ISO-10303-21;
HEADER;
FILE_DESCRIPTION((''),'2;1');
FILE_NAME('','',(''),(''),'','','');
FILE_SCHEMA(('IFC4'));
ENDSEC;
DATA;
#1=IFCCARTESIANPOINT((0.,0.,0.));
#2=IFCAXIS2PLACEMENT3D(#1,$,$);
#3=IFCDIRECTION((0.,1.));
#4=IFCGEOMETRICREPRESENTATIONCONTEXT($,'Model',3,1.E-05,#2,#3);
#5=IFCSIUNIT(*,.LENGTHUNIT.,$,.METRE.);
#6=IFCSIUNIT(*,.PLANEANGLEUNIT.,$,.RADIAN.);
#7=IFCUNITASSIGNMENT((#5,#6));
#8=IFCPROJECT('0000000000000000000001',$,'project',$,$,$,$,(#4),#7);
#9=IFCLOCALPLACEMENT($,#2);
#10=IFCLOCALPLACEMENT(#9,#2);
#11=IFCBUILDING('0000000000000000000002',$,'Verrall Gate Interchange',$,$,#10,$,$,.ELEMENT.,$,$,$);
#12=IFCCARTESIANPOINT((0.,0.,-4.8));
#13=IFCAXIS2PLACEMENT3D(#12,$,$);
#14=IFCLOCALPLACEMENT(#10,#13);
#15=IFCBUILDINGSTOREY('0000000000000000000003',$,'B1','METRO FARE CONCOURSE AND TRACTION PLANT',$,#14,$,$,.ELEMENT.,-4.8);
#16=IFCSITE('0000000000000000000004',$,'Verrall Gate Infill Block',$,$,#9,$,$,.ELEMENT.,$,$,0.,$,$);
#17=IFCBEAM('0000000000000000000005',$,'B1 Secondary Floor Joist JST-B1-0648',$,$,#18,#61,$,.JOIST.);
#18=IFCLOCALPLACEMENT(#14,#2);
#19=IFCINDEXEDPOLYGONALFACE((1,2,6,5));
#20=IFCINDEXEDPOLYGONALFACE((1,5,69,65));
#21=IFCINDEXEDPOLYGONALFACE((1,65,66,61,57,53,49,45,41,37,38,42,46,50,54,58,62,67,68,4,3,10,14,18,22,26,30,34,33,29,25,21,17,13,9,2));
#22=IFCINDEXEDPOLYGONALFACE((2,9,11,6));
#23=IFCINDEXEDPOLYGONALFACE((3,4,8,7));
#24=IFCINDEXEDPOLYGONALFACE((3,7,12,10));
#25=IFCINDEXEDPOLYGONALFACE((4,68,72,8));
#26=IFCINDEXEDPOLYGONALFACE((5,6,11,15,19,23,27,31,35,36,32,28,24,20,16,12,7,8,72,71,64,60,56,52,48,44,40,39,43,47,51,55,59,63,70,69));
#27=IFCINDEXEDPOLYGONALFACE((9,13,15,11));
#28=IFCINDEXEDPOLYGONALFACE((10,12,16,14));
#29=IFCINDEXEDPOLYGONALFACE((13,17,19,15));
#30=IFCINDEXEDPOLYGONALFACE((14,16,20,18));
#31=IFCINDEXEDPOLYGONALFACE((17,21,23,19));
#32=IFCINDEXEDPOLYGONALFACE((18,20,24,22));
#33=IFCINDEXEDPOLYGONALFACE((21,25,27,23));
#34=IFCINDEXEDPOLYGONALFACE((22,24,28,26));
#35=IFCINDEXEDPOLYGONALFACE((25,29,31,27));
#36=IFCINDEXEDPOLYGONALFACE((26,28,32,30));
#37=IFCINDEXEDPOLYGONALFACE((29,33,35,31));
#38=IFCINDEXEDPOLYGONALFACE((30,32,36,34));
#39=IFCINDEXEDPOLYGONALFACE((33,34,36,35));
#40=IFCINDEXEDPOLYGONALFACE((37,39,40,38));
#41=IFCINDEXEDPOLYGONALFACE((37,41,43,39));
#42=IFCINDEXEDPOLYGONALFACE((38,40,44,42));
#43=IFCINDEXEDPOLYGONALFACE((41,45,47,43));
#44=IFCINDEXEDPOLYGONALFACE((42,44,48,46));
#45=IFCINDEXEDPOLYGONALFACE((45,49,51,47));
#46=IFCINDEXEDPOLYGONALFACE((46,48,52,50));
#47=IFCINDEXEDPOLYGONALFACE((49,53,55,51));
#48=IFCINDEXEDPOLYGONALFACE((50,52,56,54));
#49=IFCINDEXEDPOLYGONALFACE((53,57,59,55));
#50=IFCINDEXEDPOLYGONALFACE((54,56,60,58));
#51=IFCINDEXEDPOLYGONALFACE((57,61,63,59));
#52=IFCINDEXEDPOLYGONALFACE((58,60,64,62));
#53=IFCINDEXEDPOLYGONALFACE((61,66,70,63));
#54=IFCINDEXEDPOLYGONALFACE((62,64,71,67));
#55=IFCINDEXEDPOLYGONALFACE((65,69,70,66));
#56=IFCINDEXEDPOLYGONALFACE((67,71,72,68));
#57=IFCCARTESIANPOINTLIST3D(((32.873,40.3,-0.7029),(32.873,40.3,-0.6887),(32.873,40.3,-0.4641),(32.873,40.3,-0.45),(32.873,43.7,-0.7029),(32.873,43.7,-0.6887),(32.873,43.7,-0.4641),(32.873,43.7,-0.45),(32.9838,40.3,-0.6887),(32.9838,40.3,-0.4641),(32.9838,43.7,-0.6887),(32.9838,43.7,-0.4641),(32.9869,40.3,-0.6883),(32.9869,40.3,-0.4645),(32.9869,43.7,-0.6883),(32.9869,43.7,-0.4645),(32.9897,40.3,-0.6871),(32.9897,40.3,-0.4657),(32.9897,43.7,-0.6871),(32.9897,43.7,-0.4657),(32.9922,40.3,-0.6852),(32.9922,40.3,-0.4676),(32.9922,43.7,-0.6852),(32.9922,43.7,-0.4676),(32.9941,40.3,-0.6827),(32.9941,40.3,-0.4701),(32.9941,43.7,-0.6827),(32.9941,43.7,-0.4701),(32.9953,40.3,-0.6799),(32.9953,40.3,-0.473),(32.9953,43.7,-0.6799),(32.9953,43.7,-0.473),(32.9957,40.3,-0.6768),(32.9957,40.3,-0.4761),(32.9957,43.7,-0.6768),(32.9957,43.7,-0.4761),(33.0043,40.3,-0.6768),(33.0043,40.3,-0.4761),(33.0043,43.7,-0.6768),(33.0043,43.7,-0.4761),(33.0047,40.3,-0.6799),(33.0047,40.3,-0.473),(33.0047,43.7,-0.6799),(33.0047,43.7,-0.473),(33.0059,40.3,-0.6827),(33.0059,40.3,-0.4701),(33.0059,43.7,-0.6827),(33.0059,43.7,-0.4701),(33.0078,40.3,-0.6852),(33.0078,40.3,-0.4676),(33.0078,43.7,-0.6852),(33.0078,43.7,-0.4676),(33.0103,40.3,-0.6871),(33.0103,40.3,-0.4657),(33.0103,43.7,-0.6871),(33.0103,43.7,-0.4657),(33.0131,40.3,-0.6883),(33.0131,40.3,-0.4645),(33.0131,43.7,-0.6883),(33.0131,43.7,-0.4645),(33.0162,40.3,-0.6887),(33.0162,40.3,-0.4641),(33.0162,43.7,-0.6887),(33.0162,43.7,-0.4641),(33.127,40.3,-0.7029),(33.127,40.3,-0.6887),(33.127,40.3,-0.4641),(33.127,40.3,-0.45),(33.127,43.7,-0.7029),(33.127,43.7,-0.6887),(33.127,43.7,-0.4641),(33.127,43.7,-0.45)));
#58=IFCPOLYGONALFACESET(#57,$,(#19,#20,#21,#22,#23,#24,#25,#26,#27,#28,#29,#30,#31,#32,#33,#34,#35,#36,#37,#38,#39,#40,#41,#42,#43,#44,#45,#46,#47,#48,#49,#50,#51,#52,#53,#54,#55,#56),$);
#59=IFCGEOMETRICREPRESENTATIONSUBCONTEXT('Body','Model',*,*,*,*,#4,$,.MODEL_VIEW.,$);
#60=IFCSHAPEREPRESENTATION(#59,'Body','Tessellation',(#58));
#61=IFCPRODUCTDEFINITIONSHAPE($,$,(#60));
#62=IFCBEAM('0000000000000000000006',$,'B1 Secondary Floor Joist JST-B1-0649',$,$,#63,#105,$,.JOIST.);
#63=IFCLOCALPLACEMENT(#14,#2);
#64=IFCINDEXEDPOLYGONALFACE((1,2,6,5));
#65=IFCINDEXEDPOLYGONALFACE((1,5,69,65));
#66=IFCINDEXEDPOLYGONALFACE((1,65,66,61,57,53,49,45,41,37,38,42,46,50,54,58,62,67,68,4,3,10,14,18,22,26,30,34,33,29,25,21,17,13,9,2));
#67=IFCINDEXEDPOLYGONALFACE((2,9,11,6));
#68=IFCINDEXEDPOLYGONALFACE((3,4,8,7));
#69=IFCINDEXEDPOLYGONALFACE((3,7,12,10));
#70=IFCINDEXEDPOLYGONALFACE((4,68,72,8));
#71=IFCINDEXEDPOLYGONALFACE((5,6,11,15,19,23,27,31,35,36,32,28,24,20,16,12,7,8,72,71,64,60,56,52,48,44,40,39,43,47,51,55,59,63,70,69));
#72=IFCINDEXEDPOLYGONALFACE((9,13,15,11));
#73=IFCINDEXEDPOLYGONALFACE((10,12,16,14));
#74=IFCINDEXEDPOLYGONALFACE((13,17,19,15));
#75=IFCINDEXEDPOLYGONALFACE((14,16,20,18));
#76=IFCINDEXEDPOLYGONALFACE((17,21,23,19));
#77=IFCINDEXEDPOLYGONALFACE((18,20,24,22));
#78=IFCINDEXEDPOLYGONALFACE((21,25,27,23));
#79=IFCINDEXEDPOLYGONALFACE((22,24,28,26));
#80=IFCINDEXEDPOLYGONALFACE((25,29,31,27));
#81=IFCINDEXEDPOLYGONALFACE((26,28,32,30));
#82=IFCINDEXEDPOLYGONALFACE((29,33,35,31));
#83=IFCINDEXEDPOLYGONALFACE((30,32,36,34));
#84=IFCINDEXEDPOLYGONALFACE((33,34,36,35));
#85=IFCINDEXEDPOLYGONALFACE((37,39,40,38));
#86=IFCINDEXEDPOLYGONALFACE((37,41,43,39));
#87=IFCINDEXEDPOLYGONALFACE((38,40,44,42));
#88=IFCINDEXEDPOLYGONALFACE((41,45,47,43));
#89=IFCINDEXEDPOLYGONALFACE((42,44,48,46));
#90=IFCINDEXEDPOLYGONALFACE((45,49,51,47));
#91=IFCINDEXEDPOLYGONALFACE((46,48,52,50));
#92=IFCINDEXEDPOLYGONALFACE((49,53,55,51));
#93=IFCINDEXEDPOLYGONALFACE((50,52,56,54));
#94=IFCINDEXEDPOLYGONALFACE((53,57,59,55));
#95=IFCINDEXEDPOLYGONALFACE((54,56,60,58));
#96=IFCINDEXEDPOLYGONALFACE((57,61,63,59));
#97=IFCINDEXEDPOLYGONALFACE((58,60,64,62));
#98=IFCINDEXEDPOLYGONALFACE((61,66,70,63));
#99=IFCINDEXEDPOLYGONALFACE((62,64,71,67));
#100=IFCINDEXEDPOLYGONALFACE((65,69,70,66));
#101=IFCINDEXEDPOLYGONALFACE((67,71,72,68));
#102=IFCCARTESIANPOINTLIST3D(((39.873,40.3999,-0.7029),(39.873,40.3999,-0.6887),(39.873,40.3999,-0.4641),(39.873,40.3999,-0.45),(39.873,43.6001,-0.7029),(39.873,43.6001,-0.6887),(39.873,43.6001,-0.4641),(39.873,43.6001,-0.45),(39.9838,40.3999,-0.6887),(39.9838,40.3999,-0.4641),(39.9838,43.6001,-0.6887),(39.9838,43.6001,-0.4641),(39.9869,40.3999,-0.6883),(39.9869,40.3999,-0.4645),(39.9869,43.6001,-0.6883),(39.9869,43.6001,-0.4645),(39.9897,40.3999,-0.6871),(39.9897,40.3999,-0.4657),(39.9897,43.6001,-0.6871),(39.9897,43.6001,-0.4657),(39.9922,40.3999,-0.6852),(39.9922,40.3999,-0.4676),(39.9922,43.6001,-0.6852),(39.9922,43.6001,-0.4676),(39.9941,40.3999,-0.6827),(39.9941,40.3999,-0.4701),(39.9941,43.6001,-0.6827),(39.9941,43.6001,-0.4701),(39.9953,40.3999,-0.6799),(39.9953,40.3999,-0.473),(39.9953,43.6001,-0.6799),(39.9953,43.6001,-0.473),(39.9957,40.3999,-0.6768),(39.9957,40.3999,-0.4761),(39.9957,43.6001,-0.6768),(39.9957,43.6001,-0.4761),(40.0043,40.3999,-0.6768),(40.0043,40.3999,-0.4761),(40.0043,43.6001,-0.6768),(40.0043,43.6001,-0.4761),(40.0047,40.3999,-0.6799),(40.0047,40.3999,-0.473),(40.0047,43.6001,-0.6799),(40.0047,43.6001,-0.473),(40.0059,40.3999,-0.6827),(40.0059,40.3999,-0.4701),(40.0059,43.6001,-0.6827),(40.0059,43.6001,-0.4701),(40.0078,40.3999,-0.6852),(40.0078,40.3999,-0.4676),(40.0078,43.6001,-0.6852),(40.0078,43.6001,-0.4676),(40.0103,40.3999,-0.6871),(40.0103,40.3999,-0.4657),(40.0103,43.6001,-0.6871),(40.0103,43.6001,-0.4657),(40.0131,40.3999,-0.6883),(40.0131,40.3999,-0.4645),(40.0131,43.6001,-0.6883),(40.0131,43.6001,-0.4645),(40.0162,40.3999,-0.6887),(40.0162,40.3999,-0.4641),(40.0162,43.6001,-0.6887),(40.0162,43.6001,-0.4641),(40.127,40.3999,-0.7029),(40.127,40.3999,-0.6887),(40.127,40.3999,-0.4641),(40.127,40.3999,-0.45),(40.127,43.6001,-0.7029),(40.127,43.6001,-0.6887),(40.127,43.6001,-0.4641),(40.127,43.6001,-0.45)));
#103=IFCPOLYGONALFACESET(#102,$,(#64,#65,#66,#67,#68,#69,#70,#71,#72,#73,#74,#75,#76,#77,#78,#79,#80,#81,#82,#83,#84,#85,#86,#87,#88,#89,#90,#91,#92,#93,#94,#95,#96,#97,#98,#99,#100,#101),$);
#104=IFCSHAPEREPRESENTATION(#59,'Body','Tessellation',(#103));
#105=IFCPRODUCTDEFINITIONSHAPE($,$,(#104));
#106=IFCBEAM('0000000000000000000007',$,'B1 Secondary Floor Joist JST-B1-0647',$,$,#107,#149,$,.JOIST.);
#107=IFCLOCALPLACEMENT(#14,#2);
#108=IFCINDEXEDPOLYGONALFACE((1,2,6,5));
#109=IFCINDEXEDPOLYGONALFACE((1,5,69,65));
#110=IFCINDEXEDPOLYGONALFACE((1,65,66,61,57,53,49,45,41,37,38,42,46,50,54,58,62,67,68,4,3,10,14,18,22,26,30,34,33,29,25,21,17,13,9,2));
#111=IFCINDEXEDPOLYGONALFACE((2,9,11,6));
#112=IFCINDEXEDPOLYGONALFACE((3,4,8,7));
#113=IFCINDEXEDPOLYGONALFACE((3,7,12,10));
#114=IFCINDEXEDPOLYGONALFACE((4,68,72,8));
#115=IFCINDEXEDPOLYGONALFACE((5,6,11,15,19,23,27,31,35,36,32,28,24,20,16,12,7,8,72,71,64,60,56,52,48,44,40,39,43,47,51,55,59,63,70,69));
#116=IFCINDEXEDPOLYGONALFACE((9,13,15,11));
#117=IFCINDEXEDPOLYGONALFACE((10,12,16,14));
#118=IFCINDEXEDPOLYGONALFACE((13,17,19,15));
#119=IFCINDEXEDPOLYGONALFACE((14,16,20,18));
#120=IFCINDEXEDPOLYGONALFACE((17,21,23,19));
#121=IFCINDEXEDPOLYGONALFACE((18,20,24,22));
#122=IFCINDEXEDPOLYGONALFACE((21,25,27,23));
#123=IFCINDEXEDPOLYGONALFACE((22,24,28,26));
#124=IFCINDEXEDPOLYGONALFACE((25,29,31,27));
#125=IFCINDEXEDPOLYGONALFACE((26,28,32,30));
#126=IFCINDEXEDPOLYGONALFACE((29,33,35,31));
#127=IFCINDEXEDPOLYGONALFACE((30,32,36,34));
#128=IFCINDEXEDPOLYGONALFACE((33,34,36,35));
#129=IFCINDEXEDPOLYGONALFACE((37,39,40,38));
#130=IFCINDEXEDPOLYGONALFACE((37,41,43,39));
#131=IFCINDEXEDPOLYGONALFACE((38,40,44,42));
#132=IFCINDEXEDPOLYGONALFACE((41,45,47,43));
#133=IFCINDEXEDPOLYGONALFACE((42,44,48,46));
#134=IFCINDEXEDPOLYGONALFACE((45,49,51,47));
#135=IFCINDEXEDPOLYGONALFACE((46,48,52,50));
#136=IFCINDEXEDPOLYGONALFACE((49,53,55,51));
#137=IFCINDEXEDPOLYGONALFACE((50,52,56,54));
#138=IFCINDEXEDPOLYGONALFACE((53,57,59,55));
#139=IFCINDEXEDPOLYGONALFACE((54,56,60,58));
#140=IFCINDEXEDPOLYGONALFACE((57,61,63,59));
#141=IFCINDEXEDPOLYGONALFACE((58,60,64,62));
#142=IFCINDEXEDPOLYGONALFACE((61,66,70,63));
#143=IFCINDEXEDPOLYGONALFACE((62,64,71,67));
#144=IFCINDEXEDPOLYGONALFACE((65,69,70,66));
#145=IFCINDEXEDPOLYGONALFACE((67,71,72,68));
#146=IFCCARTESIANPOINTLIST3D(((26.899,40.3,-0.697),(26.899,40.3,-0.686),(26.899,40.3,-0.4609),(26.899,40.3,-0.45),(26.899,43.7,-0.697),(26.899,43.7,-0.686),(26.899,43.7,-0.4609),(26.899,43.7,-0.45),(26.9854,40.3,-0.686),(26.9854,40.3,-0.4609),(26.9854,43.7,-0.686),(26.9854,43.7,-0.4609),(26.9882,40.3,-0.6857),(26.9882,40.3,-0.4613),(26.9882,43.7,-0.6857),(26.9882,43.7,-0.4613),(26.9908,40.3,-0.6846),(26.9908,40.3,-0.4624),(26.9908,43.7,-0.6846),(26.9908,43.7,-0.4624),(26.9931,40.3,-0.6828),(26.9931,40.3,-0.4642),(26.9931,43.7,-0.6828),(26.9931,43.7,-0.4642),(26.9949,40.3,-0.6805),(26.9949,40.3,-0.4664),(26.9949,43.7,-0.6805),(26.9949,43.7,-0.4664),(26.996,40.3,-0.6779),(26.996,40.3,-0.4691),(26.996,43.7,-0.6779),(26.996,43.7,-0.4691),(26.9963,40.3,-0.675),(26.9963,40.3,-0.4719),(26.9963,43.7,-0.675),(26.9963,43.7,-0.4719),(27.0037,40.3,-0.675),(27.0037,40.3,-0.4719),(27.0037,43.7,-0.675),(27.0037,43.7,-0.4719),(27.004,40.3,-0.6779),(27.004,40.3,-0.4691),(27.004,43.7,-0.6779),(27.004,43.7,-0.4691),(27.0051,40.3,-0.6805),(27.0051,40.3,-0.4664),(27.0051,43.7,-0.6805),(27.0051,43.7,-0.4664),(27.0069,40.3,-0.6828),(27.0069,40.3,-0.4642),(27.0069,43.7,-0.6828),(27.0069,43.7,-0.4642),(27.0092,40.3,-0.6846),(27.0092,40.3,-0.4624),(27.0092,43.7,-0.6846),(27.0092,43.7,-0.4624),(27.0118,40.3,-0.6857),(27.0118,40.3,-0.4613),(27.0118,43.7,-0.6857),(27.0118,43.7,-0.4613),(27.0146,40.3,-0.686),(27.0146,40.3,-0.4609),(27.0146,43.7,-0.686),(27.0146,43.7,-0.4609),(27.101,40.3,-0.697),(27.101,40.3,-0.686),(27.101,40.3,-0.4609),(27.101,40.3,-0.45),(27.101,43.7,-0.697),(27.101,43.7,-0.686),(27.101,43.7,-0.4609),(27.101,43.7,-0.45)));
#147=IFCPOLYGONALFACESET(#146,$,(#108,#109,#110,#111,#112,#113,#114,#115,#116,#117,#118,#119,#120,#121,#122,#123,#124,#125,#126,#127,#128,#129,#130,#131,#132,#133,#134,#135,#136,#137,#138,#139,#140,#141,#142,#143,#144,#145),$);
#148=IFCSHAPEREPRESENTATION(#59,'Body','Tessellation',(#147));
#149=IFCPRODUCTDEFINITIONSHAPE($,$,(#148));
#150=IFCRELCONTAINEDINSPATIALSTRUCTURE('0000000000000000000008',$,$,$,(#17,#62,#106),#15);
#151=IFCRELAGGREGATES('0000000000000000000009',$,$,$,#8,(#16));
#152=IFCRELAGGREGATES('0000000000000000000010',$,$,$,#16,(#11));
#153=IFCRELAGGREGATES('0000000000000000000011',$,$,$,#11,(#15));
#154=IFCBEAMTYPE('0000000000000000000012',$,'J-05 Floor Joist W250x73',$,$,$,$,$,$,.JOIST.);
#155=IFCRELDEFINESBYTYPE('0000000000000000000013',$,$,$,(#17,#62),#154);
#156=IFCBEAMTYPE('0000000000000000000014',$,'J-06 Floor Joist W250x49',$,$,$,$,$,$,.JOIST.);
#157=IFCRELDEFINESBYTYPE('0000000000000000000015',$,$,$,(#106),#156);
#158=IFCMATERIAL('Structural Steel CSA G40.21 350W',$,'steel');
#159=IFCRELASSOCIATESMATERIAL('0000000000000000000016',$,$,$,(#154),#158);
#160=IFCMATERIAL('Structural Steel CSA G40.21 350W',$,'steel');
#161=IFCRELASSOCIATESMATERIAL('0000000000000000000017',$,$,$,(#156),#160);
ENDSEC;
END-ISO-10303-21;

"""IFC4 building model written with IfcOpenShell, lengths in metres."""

from ifc_helpers import new_model, si_unit, direction, frame, origin, origin_2d, place, context, subcontext, project, spatial, i_section, extrude, material, material_profile, profile_set, type_object, element, save


model = new_model("IFC4")

# Units and contexts
model_context = context("Model", 3, precision=1e-05, world=origin(), true_north=direction((0.0, 1.0)))
body_context = subcontext(model_context, "Body", "Model", "MODEL_VIEW")
ifc_project = project(units=[si_unit("LENGTHUNIT", "METRE"), si_unit("PLANEANGLEUNIT", "RADIAN")], contexts=[model_context])

# Site, building, storey
site_placement = place(None, origin())
site = spatial("IfcSite", under=ifc_project, at=site_placement, Name="Verrall Gate Infill Block", CompositionType="ELEMENT", RefElevation=0.0)
building_placement = place(site_placement, origin())
building = spatial("IfcBuilding", under=site, at=building_placement, Name="Verrall Gate Interchange", CompositionType="ELEMENT")
storey_placement = place(building_placement, frame((0.0, 0.0, -4.8)))
storey = spatial("IfcBuildingStorey", under=building, at=storey_placement, Name="B1", Description="METRO FARE CONCOURSE AND TRACTION PLANT", CompositionType="ELEMENT", Elevation=-4.8)

# Beams
ifc_material_1 = material(Name="Structural Steel CSA G40.21 350W", Category="steel")
ifc_material_profile_1 = material_profile(ifc_material_1, i_section(OverallWidth=0.2539, OverallDepth=0.2529, WebThickness=0.0085, FlangeThickness=0.0142, FilletRadius=0.012, at=origin_2d()), Name="W250x73")
ifc_profile_set_1 = profile_set([ifc_material_profile_1], Name="Structural Steel CSA G40.21 350W")
beam_type_1 = type_object("IfcBeamType", Name="J-05 Floor Joist W250x73", PredefinedType="JOIST", material=ifc_profile_set_1)
beam_1_placement = place(storey_placement, frame((33.0, 40.3, -0.5764), z_axis=(0.0, 1.0, 0.0), x_axis=(-1.0, 0.0, 0.0)))
element("IfcBeam", 1, at=beam_1_placement, inside=storey, type_object=beam_type_1, Name="B1 Secondary Floor Joist JST-B1-0648", PredefinedType="JOIST", context=body_context, shape_type="SweptSolid", body=[
    extrude(i_section(OverallWidth=0.2539, OverallDepth=0.2529, WebThickness=0.0085, FlangeThickness=0.0142, FilletRadius=0.012, at=origin_2d()), origin(), (0.0, 0.0, 1.0), 3.3999),
])
beam_2_placement = place(storey_placement, frame((40.0, 40.3999, -0.5764), z_axis=(0.0, 1.0, 0.0), x_axis=(-1.0, 0.0, 0.0)))
element("IfcBeam", 2, at=beam_2_placement, inside=storey, type_object=beam_type_1, Name="B1 Secondary Floor Joist JST-B1-0649", PredefinedType="JOIST", context=body_context, shape_type="SweptSolid", body=[
    extrude(i_section(OverallWidth=0.2539, OverallDepth=0.2529, WebThickness=0.0085, FlangeThickness=0.0142, FilletRadius=0.012, at=origin_2d()), origin(), (0.0, 0.0, 1.0), 3.2002),
])
ifc_material_2 = material(Name="Structural Steel CSA G40.21 350W", Category="steel")
ifc_material_profile_2 = material_profile(ifc_material_2, i_section(OverallWidth=0.2019, OverallDepth=0.2471, WebThickness=0.0073, FlangeThickness=0.011, FilletRadius=0.011, at=origin_2d()), Name="W250x49")
ifc_profile_set_2 = profile_set([ifc_material_profile_2], Name="Structural Steel CSA G40.21 350W")
beam_type_2 = type_object("IfcBeamType", Name="J-06 Floor Joist W250x49", PredefinedType="JOIST", material=ifc_profile_set_2)
beam_3_placement = place(storey_placement, frame((27.0, 40.3, -0.5735), z_axis=(0.0, 1.0, 0.0), x_axis=(-1.0, 0.0, 0.0)))
element("IfcBeam", 3, at=beam_3_placement, inside=storey, type_object=beam_type_2, Name="B1 Secondary Floor Joist JST-B1-0647", PredefinedType="JOIST", context=body_context, shape_type="SweptSolid", body=[
    extrude(i_section(OverallWidth=0.2019, OverallDepth=0.2471, WebThickness=0.0073, FlangeThickness=0.011, FilletRadius=0.011, at=origin_2d()), origin(), (0.0, 0.0, 1.0), 3.3999),
])

save(model, "model.ifc")
